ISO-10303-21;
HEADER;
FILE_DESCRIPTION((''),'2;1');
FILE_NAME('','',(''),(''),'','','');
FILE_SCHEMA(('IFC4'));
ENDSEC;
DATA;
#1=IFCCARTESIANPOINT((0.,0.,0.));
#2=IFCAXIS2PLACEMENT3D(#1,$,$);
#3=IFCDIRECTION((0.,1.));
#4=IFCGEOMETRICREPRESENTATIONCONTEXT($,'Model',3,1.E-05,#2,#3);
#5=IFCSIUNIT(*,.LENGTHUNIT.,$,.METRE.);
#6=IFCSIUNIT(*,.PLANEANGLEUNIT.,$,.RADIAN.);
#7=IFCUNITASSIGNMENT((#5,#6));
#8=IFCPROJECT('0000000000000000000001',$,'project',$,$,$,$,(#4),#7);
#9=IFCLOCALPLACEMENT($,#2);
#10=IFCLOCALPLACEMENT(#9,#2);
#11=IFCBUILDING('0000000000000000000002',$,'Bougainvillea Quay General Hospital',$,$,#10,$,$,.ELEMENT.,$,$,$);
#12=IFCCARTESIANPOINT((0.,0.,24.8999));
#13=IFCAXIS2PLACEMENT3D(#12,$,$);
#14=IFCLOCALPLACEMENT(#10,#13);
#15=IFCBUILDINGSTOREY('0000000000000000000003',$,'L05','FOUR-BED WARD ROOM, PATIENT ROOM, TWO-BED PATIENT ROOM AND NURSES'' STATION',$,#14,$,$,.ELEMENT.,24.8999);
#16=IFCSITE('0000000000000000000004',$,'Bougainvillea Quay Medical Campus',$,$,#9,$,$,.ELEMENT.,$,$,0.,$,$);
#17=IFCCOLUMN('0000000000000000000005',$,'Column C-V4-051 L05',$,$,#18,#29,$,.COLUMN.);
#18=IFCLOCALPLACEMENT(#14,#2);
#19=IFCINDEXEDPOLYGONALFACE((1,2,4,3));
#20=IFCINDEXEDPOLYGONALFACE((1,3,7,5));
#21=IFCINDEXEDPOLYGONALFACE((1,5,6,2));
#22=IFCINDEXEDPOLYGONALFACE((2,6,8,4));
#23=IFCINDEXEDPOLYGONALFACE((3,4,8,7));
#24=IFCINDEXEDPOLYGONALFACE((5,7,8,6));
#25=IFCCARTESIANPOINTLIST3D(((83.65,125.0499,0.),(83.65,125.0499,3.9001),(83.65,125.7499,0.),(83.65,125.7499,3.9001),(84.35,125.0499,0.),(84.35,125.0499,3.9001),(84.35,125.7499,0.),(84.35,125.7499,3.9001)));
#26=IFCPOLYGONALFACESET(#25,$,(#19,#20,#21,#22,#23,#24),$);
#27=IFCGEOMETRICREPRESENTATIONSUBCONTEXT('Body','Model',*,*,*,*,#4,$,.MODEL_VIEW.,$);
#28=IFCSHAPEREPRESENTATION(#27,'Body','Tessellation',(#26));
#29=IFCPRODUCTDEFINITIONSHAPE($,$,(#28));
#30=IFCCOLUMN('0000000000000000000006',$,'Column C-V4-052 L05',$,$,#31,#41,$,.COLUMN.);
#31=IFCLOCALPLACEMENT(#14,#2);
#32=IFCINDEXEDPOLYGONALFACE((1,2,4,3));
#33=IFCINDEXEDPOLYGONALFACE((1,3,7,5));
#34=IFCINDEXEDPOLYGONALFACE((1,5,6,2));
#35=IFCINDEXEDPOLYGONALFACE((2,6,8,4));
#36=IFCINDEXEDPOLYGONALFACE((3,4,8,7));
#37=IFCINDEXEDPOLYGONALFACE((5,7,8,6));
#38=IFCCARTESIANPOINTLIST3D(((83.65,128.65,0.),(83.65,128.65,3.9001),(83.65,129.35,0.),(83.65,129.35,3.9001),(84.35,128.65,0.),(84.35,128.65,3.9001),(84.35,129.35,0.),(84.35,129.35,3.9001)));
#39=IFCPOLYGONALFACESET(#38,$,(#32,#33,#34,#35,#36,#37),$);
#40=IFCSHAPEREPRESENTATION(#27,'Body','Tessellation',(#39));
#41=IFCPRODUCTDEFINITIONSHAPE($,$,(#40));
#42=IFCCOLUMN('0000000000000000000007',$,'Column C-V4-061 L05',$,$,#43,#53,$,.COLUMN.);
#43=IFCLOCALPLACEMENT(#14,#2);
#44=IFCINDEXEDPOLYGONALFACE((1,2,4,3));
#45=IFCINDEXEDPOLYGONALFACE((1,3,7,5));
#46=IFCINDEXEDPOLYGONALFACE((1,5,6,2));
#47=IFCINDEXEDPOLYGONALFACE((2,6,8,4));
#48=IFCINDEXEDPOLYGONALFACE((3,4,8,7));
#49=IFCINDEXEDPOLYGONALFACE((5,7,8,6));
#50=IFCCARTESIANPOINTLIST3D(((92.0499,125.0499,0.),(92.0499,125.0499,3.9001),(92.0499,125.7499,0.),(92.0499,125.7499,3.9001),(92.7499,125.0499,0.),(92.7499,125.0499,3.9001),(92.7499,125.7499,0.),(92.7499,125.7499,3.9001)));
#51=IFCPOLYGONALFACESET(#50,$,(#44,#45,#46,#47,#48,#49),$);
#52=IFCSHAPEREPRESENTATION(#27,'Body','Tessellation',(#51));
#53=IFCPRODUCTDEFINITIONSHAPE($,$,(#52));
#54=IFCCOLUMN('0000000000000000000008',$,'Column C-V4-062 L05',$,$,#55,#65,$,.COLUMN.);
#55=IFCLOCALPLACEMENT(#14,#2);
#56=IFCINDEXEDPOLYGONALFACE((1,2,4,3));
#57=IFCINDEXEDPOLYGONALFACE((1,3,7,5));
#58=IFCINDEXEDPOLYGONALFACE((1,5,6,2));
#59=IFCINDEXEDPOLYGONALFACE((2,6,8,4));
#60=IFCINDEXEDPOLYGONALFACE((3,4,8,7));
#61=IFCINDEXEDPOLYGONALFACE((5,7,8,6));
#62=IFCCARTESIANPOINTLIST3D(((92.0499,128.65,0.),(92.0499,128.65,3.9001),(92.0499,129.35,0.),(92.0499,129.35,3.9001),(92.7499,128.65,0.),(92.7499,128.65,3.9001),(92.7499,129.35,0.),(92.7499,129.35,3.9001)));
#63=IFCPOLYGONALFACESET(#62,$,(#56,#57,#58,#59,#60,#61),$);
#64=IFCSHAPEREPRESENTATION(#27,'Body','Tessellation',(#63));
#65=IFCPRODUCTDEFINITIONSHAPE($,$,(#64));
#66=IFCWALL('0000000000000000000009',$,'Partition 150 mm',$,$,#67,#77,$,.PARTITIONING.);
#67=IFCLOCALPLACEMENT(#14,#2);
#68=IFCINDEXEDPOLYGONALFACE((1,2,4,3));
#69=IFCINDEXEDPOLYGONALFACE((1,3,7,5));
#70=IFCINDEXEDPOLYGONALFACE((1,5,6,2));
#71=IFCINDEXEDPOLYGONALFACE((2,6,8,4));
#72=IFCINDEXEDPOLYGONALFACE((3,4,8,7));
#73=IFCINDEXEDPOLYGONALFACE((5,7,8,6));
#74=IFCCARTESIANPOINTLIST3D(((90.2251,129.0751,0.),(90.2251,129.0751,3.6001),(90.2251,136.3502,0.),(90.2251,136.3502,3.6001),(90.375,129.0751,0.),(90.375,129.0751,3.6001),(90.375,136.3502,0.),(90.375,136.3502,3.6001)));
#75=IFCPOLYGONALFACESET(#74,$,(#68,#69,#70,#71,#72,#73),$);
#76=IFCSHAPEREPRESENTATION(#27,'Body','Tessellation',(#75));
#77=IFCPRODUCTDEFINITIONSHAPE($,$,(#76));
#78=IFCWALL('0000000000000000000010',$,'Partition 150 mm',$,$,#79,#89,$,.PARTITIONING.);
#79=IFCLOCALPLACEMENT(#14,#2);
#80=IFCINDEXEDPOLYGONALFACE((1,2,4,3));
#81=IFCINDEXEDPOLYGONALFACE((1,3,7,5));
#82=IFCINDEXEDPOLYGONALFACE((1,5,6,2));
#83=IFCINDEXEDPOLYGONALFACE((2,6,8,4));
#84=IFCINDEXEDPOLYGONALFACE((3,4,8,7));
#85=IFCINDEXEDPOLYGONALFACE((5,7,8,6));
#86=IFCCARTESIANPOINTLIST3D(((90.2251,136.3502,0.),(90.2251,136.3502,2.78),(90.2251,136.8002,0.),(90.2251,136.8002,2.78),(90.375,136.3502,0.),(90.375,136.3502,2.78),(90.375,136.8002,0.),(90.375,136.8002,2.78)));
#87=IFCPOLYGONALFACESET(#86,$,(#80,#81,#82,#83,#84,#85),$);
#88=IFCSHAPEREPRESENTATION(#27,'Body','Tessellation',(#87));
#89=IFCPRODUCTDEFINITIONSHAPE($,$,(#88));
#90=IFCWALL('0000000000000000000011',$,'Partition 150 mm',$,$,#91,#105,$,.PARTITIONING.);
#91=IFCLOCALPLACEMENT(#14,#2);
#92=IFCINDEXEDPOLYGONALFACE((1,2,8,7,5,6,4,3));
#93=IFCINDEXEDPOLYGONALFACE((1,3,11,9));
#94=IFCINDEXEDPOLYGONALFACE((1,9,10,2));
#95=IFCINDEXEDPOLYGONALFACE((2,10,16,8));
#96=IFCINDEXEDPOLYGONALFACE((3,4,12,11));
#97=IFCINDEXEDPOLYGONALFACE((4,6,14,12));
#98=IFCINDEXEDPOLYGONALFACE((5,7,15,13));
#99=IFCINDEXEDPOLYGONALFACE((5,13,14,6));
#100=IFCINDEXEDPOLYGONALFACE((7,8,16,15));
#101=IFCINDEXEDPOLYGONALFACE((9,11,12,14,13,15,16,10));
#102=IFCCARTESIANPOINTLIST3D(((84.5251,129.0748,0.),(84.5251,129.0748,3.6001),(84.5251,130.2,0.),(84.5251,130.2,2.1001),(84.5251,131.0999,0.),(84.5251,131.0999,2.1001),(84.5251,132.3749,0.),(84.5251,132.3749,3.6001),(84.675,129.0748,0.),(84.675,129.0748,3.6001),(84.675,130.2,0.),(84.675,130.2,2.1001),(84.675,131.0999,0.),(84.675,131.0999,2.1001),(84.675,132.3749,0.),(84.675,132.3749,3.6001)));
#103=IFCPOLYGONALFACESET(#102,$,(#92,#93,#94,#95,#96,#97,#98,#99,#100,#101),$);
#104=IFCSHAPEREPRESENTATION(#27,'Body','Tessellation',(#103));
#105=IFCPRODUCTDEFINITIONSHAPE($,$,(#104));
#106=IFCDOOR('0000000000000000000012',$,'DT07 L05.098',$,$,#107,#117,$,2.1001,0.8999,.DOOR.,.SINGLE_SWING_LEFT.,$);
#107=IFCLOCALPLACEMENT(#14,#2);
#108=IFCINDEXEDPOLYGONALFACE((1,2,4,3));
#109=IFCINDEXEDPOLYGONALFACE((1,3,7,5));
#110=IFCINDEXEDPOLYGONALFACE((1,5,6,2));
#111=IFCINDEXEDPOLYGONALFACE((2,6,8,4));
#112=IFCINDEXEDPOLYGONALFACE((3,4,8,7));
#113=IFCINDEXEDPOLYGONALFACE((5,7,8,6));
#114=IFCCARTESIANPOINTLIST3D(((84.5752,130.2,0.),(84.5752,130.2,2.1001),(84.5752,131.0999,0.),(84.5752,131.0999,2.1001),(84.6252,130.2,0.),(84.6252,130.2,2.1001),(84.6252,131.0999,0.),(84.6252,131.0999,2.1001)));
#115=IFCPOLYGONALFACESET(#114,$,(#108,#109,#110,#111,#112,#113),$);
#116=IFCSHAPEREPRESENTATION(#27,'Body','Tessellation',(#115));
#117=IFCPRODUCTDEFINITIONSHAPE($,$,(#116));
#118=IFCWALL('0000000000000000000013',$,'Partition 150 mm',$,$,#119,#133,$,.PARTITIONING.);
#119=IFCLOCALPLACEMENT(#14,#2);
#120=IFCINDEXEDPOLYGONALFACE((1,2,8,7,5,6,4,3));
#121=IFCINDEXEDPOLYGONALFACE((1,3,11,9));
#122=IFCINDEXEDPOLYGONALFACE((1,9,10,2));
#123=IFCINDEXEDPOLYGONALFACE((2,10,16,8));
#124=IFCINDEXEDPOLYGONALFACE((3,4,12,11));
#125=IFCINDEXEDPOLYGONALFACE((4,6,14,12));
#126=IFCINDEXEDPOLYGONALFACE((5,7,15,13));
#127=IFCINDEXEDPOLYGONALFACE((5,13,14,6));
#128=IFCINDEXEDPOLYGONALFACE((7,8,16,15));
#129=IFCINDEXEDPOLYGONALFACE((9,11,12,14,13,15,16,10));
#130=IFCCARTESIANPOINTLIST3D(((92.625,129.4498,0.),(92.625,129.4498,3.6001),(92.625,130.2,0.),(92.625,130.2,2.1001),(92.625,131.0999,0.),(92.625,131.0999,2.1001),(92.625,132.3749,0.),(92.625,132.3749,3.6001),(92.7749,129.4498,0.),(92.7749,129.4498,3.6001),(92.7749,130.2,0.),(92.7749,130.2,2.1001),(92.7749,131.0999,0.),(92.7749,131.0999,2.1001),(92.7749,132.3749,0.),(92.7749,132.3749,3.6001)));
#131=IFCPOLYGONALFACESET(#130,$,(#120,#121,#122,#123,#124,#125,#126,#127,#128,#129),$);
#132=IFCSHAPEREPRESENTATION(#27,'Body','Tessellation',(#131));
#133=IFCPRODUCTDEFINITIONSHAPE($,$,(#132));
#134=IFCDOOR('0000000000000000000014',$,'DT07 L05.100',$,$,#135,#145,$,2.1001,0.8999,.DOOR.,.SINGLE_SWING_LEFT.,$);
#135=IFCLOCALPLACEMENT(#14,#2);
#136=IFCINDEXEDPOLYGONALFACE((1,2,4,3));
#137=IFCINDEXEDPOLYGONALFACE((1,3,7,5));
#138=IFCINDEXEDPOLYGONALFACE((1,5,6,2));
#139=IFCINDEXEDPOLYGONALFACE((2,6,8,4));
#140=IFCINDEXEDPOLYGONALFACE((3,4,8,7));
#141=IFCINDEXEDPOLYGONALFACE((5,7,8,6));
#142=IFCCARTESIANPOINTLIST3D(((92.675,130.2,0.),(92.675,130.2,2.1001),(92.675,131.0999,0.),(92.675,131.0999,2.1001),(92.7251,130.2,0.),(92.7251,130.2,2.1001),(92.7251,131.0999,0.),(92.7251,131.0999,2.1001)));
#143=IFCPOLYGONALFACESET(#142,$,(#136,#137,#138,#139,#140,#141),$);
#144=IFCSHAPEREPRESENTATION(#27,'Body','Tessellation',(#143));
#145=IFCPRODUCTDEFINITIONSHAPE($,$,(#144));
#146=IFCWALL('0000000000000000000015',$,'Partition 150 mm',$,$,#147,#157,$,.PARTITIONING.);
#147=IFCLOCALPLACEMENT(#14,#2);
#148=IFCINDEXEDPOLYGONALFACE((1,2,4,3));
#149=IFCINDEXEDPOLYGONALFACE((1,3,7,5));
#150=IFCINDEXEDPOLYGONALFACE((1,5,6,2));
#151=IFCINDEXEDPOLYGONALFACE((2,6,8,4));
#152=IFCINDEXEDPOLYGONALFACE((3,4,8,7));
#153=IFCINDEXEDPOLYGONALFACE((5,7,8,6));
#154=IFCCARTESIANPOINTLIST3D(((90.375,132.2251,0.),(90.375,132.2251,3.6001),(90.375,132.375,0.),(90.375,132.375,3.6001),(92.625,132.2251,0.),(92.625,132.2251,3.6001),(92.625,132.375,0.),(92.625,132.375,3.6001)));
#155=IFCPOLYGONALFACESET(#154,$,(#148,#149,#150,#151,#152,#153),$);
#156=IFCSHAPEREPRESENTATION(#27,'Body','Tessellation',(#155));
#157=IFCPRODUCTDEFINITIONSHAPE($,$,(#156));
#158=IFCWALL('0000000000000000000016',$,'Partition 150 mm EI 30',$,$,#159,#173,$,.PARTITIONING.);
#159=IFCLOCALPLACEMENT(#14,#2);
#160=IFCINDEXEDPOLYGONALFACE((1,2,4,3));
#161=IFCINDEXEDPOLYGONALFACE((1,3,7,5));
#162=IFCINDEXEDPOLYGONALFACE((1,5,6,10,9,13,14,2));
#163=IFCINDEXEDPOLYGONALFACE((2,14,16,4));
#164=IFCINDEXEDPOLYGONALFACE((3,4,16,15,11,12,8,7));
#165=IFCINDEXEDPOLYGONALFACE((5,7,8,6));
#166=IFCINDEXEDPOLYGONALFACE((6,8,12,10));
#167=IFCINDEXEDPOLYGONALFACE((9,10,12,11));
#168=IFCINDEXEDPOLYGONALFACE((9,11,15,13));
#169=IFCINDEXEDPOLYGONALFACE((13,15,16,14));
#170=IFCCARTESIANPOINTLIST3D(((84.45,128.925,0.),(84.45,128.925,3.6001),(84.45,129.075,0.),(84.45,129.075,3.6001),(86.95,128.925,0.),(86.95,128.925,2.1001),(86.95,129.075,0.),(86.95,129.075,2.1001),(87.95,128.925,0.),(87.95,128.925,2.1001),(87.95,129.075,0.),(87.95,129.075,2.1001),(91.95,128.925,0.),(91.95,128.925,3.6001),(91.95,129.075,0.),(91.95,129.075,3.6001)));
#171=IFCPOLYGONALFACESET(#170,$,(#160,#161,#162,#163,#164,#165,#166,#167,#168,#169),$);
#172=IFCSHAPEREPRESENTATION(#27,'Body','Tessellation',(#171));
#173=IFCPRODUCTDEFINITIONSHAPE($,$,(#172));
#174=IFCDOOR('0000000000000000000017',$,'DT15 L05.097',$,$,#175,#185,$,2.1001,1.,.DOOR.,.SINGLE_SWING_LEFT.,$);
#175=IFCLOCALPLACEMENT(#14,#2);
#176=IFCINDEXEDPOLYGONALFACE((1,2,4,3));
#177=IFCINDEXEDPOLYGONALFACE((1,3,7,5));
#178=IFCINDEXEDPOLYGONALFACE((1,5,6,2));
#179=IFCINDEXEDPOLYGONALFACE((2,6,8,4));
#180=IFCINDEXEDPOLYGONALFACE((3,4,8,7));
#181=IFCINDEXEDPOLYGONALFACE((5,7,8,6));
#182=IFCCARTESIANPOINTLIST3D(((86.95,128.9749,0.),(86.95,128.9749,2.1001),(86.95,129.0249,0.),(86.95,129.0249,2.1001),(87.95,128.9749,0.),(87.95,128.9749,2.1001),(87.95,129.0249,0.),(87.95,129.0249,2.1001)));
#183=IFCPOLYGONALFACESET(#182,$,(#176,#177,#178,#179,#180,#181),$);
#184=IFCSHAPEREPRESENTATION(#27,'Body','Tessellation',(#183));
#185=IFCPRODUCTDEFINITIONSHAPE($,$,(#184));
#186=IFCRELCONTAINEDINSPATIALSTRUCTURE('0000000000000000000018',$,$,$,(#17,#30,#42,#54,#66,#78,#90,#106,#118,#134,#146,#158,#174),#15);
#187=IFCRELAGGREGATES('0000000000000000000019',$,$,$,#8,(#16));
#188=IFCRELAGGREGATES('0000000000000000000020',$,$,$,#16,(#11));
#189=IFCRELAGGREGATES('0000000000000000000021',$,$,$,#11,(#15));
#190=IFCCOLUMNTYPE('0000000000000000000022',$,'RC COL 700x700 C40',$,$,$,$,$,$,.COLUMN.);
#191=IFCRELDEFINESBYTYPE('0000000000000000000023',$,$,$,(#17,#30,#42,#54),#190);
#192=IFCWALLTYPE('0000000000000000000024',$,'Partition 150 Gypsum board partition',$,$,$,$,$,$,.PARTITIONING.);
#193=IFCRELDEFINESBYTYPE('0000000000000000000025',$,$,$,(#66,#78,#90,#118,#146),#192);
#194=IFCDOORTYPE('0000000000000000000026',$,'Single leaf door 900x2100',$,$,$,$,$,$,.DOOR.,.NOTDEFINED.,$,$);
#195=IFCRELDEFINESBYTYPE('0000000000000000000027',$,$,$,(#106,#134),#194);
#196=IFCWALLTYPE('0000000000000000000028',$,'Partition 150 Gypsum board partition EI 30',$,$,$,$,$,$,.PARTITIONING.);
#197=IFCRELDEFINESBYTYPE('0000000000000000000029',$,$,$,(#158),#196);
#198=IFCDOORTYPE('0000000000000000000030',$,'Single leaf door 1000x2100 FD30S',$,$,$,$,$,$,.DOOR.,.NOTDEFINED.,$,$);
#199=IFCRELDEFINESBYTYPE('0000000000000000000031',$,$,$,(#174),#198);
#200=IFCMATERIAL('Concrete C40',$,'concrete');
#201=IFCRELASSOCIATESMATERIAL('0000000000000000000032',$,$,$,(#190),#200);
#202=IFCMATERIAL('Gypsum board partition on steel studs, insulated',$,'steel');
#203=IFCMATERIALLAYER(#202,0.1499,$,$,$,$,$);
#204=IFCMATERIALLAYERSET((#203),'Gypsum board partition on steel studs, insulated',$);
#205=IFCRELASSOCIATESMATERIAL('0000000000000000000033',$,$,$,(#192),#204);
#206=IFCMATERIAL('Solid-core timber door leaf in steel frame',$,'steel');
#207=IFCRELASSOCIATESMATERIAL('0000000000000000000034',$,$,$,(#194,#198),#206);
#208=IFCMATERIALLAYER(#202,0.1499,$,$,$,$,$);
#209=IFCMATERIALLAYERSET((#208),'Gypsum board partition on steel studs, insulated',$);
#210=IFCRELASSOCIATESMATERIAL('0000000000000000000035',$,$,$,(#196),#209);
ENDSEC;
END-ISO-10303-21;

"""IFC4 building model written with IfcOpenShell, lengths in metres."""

from ifc_helpers import new_model, si_unit, direction, frame, frame_2d, origin, origin_2d, place, context, subcontext, project, spatial, rectangle, extrude, material, layer, layer_set, material_profile, profile_set, type_object, element, fill, save


model = new_model("IFC4")

# Units and contexts
model_context = context("Model", 3, precision=1e-05, world=origin(), true_north=direction((0.0, 1.0)))
body_context = subcontext(model_context, "Body", "Model", "MODEL_VIEW")
ifc_project = project(units=[si_unit("LENGTHUNIT", "METRE"), si_unit("PLANEANGLEUNIT", "RADIAN")], contexts=[model_context])

# Site, building, storey
site_placement = place(None, origin())
site = spatial("IfcSite", under=ifc_project, at=site_placement, Name="Bougainvillea Quay Medical Campus", CompositionType="ELEMENT", RefElevation=0.0)
building_placement = place(site_placement, origin())
building = spatial("IfcBuilding", under=site, at=building_placement, Name="Bougainvillea Quay General Hospital", CompositionType="ELEMENT")
storey_placement = place(building_placement, frame((0.0, 0.0, 24.8999)))
storey = spatial("IfcBuildingStorey", under=building, at=storey_placement, Name="L05", Description="FOUR-BED WARD ROOM, PATIENT ROOM, TWO-BED PATIENT ROOM AND NURSES' STATION", CompositionType="ELEMENT", Elevation=24.8999)

# Columns
ifc_material_1 = material(Name="Concrete C40", Category="concrete")
ifc_material_profile = material_profile(ifc_material_1, rectangle(XDim=0.7, YDim=0.7, at=origin_2d()))
ifc_profile_set = profile_set([ifc_material_profile], Name="Concrete C40")
column_type = type_object("IfcColumnType", Name="RC COL 700x700 C40", PredefinedType="COLUMN", material=ifc_profile_set)
for number, where, z_axis, x_axis, name in (
    (1, (84.0, 125.3999, 0.0), (0.0, 0.0, 1.0), (1.0, 0.0, 0.0), "Column C-V4-051 L05"),
    (2, (84.0, 129.0, 0.0), (0.0, 0.0, 1.0), (1.0, 0.0, 0.0), "Column C-V4-052 L05"),
    (3, (92.3999, 125.3999, 0.0), (0.0, 0.0, 1.0), (1.0, 0.0, 0.0), "Column C-V4-061 L05"),
    (4, (92.3999, 129.0, 0.0), (0.0, 0.0, 1.0), (1.0, 0.0, 0.0), "Column C-V4-062 L05"),
):
    element("IfcColumn", number, at=place(storey_placement, frame(where, z_axis=z_axis, x_axis=x_axis)), inside=storey, type_object=column_type, Name=name, PredefinedType="COLUMN", context=body_context, shape_type="SweptSolid", body=[
        extrude(rectangle(XDim=0.7, YDim=0.7, at=origin_2d()), origin(), (0.0, 0.0, 1.0), 3.9001),
    ])

# Walls
ifc_material_2 = material(Name="Gypsum board partition on steel studs, insulated", Category="steel")
ifc_layer_1 = layer(ifc_material_2, 0.1499)
ifc_layer_set_1 = layer_set([ifc_layer_1], Name="Gypsum board partition on steel studs, insulated")
wall_type_1 = type_object("IfcWallType", Name="Partition 150 Gypsum board partition", PredefinedType="PARTITIONING", material=ifc_layer_set_1)
wall_1_placement = place(storey_placement, frame((90.3, 129.075, 0.0), z_axis=(0.0, 0.0, 1.0), x_axis=(0.0, 1.0, 0.0)))
element("IfcWall", 5, at=wall_1_placement, inside=storey, type_object=wall_type_1, Name="Partition 150 mm", PredefinedType="PARTITIONING", context=body_context, shape_type="SweptSolid", body=[
    extrude(rectangle(XDim=7.2751, YDim=0.1499, at=frame_2d((3.6377, 0.0))), origin(), (0.0, 0.0, 1.0), 3.6001),
])
wall_2_placement = place(storey_placement, frame((90.3, 136.3501, 0.0), z_axis=(0.0, 0.0, 1.0), x_axis=(0.0, 1.0, 0.0)))
element("IfcWall", 6, at=wall_2_placement, inside=storey, type_object=wall_type_1, Name="Partition 150 mm", PredefinedType="PARTITIONING", context=body_context, shape_type="SweptSolid", body=[
    extrude(rectangle(XDim=0.45, YDim=0.1499, at=frame_2d((0.2251, 0.0))), origin(), (0.0, 0.0, 1.0), 2.78),
])

# Walls, openings, doors
wall_3_placement = place(storey_placement, frame((84.6001, 129.075, 0.0), z_axis=(0.0, 0.0, 1.0), x_axis=(0.0, 1.0, 0.0)))
wall_3 = element("IfcWall", 7, at=wall_3_placement, inside=storey, type_object=wall_type_1, Name="Partition 150 mm", PredefinedType="PARTITIONING", context=body_context, shape_type="SweptSolid", body=[
    extrude(rectangle(XDim=3.3, YDim=0.1499, at=frame_2d((1.6499, 0.0))), origin(), (0.0, 0.0, 1.0), 3.6001),
])
opening_1_placement = place(wall_3_placement, frame((1.125, 0.0, 0.0)))
opening_1 = element("IfcOpeningElement", 8, at=opening_1_placement, cuts=wall_3, PredefinedType="OPENING", context=body_context, shape_type="SweptSolid", body=[
    extrude(rectangle(XDim=0.8999, YDim=2.1001, at=frame_2d((0.45, 1.05))), frame((0.0, 0.085, 0.0), z_axis=(0.0, -1.0, 0.0), x_axis=(1.0, 0.0, 0.0)), (0.0, 0.0, 1.0), 0.1699),
])
ifc_material_3 = material(Name="Solid-core timber door leaf in steel frame", Category="steel")
door_type_1 = type_object("IfcDoorType", Name="Single leaf door 900x2100", OperationType="NOTDEFINED", PredefinedType="DOOR", material=ifc_material_3)
door_1_placement = place(opening_1_placement, origin())
door_1 = element("IfcDoor", 9, at=door_1_placement, inside=storey, type_object=door_type_1, Name="DT07 L05.098", OperationType="SINGLE_SWING_LEFT", OverallHeight=2.1001, OverallWidth=0.8999, PredefinedType="DOOR", context=body_context, shape_type="SweptSolid", body=[
    extrude(rectangle(XDim=0.8999, YDim=2.1001, at=frame_2d((0.45, 1.05))), frame((0.0, 0.0249, 0.0), z_axis=(0.0, -1.0, 0.0), x_axis=(1.0, 0.0, 0.0)), (0.0, 0.0, 1.0), 0.05),
])
fill(opening_1, door_1)
wall_4_placement = place(storey_placement, frame((92.7, 129.45, 0.0), z_axis=(0.0, 0.0, 1.0), x_axis=(0.0, 1.0, 0.0)))
wall_4 = element("IfcWall", 10, at=wall_4_placement, inside=storey, type_object=wall_type_1, Name="Partition 150 mm", PredefinedType="PARTITIONING", context=body_context, shape_type="SweptSolid", body=[
    extrude(rectangle(XDim=2.925, YDim=0.1499, at=frame_2d((1.4624, 0.0))), origin(), (0.0, 0.0, 1.0), 3.6001),
])
opening_2_placement = place(wall_4_placement, frame((0.75, 0.0, 0.0)))
opening_2 = element("IfcOpeningElement", 11, at=opening_2_placement, cuts=wall_4, PredefinedType="OPENING", context=body_context, shape_type="SweptSolid", body=[
    extrude(rectangle(XDim=0.8999, YDim=2.1001, at=frame_2d((0.45, 1.05))), frame((0.0, 0.085, 0.0), z_axis=(0.0, -1.0, 0.0), x_axis=(1.0, 0.0, 0.0)), (0.0, 0.0, 1.0), 0.1699),
])
door_2_placement = place(opening_2_placement, origin())
door_2 = element("IfcDoor", 12, at=door_2_placement, inside=storey, type_object=door_type_1, Name="DT07 L05.100", OperationType="SINGLE_SWING_LEFT", OverallHeight=2.1001, OverallWidth=0.8999, PredefinedType="DOOR", context=body_context, shape_type="SweptSolid", body=[
    extrude(rectangle(XDim=0.8999, YDim=2.1001, at=frame_2d((0.45, 1.05))), frame((0.0, 0.0249, 0.0), z_axis=(0.0, -1.0, 0.0), x_axis=(1.0, 0.0, 0.0)), (0.0, 0.0, 1.0), 0.05),
])
fill(opening_2, door_2)

# Wall
wall_5_placement = place(storey_placement, frame((90.375, 132.3, 0.0), z_axis=(0.0, 0.0, 1.0), x_axis=(1.0, 0.0, 0.0)))
element("IfcWall", 13, at=wall_5_placement, inside=storey, type_object=wall_type_1, Name="Partition 150 mm", PredefinedType="PARTITIONING", context=body_context, shape_type="SweptSolid", body=[
    extrude(rectangle(XDim=2.25, YDim=0.1499, at=frame_2d((1.125, 0.0))), origin(), (0.0, 0.0, 1.0), 3.6001),
])

# Wall, opening, door
ifc_layer_2 = layer(ifc_material_2, 0.1499)
ifc_layer_set_2 = layer_set([ifc_layer_2], Name="Gypsum board partition on steel studs, insulated")
wall_type_2 = type_object("IfcWallType", Name="Partition 150 Gypsum board partition EI 30", PredefinedType="PARTITIONING", material=ifc_layer_set_2)
wall_6_placement = place(storey_placement, frame((91.95, 129.0, 0.0), z_axis=(0.0, 0.0, 1.0), x_axis=(-1.0, 0.0, 0.0)))
wall_6 = element("IfcWall", 14, at=wall_6_placement, inside=storey, type_object=wall_type_2, Name="Partition 150 mm EI 30", PredefinedType="PARTITIONING", context=body_context, shape_type="SweptSolid", body=[
    extrude(rectangle(XDim=7.5, YDim=0.1499, at=frame_2d((3.75, 0.0))), origin(), (0.0, 0.0, 1.0), 3.6001),
])
opening_3_placement = place(wall_6_placement, frame((4.0, 0.0, 0.0)))
opening_3 = element("IfcOpeningElement", 15, at=opening_3_placement, cuts=wall_6, PredefinedType="OPENING", context=body_context, shape_type="SweptSolid", body=[
    extrude(rectangle(XDim=1.0, YDim=2.1001, at=frame_2d((0.5, 1.05))), frame((0.0, 0.085, 0.0), z_axis=(0.0, -1.0, 0.0), x_axis=(1.0, 0.0, 0.0)), (0.0, 0.0, 1.0), 0.1699),
])
door_type_2 = type_object("IfcDoorType", Name="Single leaf door 1000x2100 FD30S", OperationType="NOTDEFINED", PredefinedType="DOOR", material=ifc_material_3)
door_3_placement = place(opening_3_placement, frame((1.0, 0.0, 0.0), z_axis=(0.0, 0.0, 1.0), x_axis=(-1.0, 0.0, 0.0)))
door_3 = element("IfcDoor", 16, at=door_3_placement, inside=storey, type_object=door_type_2, Name="DT15 L05.097", OperationType="SINGLE_SWING_LEFT", OverallHeight=2.1001, OverallWidth=1.0, PredefinedType="DOOR", context=body_context, shape_type="SweptSolid", body=[
    extrude(rectangle(XDim=1.0, YDim=2.1001, at=frame_2d((0.5, 1.05))), frame((0.0, 0.0249, 0.0), z_axis=(0.0, -1.0, 0.0), x_axis=(1.0, 0.0, 0.0)), (0.0, 0.0, 1.0), 0.05),
])
fill(opening_3, door_3)

save(model, "model.ifc")
